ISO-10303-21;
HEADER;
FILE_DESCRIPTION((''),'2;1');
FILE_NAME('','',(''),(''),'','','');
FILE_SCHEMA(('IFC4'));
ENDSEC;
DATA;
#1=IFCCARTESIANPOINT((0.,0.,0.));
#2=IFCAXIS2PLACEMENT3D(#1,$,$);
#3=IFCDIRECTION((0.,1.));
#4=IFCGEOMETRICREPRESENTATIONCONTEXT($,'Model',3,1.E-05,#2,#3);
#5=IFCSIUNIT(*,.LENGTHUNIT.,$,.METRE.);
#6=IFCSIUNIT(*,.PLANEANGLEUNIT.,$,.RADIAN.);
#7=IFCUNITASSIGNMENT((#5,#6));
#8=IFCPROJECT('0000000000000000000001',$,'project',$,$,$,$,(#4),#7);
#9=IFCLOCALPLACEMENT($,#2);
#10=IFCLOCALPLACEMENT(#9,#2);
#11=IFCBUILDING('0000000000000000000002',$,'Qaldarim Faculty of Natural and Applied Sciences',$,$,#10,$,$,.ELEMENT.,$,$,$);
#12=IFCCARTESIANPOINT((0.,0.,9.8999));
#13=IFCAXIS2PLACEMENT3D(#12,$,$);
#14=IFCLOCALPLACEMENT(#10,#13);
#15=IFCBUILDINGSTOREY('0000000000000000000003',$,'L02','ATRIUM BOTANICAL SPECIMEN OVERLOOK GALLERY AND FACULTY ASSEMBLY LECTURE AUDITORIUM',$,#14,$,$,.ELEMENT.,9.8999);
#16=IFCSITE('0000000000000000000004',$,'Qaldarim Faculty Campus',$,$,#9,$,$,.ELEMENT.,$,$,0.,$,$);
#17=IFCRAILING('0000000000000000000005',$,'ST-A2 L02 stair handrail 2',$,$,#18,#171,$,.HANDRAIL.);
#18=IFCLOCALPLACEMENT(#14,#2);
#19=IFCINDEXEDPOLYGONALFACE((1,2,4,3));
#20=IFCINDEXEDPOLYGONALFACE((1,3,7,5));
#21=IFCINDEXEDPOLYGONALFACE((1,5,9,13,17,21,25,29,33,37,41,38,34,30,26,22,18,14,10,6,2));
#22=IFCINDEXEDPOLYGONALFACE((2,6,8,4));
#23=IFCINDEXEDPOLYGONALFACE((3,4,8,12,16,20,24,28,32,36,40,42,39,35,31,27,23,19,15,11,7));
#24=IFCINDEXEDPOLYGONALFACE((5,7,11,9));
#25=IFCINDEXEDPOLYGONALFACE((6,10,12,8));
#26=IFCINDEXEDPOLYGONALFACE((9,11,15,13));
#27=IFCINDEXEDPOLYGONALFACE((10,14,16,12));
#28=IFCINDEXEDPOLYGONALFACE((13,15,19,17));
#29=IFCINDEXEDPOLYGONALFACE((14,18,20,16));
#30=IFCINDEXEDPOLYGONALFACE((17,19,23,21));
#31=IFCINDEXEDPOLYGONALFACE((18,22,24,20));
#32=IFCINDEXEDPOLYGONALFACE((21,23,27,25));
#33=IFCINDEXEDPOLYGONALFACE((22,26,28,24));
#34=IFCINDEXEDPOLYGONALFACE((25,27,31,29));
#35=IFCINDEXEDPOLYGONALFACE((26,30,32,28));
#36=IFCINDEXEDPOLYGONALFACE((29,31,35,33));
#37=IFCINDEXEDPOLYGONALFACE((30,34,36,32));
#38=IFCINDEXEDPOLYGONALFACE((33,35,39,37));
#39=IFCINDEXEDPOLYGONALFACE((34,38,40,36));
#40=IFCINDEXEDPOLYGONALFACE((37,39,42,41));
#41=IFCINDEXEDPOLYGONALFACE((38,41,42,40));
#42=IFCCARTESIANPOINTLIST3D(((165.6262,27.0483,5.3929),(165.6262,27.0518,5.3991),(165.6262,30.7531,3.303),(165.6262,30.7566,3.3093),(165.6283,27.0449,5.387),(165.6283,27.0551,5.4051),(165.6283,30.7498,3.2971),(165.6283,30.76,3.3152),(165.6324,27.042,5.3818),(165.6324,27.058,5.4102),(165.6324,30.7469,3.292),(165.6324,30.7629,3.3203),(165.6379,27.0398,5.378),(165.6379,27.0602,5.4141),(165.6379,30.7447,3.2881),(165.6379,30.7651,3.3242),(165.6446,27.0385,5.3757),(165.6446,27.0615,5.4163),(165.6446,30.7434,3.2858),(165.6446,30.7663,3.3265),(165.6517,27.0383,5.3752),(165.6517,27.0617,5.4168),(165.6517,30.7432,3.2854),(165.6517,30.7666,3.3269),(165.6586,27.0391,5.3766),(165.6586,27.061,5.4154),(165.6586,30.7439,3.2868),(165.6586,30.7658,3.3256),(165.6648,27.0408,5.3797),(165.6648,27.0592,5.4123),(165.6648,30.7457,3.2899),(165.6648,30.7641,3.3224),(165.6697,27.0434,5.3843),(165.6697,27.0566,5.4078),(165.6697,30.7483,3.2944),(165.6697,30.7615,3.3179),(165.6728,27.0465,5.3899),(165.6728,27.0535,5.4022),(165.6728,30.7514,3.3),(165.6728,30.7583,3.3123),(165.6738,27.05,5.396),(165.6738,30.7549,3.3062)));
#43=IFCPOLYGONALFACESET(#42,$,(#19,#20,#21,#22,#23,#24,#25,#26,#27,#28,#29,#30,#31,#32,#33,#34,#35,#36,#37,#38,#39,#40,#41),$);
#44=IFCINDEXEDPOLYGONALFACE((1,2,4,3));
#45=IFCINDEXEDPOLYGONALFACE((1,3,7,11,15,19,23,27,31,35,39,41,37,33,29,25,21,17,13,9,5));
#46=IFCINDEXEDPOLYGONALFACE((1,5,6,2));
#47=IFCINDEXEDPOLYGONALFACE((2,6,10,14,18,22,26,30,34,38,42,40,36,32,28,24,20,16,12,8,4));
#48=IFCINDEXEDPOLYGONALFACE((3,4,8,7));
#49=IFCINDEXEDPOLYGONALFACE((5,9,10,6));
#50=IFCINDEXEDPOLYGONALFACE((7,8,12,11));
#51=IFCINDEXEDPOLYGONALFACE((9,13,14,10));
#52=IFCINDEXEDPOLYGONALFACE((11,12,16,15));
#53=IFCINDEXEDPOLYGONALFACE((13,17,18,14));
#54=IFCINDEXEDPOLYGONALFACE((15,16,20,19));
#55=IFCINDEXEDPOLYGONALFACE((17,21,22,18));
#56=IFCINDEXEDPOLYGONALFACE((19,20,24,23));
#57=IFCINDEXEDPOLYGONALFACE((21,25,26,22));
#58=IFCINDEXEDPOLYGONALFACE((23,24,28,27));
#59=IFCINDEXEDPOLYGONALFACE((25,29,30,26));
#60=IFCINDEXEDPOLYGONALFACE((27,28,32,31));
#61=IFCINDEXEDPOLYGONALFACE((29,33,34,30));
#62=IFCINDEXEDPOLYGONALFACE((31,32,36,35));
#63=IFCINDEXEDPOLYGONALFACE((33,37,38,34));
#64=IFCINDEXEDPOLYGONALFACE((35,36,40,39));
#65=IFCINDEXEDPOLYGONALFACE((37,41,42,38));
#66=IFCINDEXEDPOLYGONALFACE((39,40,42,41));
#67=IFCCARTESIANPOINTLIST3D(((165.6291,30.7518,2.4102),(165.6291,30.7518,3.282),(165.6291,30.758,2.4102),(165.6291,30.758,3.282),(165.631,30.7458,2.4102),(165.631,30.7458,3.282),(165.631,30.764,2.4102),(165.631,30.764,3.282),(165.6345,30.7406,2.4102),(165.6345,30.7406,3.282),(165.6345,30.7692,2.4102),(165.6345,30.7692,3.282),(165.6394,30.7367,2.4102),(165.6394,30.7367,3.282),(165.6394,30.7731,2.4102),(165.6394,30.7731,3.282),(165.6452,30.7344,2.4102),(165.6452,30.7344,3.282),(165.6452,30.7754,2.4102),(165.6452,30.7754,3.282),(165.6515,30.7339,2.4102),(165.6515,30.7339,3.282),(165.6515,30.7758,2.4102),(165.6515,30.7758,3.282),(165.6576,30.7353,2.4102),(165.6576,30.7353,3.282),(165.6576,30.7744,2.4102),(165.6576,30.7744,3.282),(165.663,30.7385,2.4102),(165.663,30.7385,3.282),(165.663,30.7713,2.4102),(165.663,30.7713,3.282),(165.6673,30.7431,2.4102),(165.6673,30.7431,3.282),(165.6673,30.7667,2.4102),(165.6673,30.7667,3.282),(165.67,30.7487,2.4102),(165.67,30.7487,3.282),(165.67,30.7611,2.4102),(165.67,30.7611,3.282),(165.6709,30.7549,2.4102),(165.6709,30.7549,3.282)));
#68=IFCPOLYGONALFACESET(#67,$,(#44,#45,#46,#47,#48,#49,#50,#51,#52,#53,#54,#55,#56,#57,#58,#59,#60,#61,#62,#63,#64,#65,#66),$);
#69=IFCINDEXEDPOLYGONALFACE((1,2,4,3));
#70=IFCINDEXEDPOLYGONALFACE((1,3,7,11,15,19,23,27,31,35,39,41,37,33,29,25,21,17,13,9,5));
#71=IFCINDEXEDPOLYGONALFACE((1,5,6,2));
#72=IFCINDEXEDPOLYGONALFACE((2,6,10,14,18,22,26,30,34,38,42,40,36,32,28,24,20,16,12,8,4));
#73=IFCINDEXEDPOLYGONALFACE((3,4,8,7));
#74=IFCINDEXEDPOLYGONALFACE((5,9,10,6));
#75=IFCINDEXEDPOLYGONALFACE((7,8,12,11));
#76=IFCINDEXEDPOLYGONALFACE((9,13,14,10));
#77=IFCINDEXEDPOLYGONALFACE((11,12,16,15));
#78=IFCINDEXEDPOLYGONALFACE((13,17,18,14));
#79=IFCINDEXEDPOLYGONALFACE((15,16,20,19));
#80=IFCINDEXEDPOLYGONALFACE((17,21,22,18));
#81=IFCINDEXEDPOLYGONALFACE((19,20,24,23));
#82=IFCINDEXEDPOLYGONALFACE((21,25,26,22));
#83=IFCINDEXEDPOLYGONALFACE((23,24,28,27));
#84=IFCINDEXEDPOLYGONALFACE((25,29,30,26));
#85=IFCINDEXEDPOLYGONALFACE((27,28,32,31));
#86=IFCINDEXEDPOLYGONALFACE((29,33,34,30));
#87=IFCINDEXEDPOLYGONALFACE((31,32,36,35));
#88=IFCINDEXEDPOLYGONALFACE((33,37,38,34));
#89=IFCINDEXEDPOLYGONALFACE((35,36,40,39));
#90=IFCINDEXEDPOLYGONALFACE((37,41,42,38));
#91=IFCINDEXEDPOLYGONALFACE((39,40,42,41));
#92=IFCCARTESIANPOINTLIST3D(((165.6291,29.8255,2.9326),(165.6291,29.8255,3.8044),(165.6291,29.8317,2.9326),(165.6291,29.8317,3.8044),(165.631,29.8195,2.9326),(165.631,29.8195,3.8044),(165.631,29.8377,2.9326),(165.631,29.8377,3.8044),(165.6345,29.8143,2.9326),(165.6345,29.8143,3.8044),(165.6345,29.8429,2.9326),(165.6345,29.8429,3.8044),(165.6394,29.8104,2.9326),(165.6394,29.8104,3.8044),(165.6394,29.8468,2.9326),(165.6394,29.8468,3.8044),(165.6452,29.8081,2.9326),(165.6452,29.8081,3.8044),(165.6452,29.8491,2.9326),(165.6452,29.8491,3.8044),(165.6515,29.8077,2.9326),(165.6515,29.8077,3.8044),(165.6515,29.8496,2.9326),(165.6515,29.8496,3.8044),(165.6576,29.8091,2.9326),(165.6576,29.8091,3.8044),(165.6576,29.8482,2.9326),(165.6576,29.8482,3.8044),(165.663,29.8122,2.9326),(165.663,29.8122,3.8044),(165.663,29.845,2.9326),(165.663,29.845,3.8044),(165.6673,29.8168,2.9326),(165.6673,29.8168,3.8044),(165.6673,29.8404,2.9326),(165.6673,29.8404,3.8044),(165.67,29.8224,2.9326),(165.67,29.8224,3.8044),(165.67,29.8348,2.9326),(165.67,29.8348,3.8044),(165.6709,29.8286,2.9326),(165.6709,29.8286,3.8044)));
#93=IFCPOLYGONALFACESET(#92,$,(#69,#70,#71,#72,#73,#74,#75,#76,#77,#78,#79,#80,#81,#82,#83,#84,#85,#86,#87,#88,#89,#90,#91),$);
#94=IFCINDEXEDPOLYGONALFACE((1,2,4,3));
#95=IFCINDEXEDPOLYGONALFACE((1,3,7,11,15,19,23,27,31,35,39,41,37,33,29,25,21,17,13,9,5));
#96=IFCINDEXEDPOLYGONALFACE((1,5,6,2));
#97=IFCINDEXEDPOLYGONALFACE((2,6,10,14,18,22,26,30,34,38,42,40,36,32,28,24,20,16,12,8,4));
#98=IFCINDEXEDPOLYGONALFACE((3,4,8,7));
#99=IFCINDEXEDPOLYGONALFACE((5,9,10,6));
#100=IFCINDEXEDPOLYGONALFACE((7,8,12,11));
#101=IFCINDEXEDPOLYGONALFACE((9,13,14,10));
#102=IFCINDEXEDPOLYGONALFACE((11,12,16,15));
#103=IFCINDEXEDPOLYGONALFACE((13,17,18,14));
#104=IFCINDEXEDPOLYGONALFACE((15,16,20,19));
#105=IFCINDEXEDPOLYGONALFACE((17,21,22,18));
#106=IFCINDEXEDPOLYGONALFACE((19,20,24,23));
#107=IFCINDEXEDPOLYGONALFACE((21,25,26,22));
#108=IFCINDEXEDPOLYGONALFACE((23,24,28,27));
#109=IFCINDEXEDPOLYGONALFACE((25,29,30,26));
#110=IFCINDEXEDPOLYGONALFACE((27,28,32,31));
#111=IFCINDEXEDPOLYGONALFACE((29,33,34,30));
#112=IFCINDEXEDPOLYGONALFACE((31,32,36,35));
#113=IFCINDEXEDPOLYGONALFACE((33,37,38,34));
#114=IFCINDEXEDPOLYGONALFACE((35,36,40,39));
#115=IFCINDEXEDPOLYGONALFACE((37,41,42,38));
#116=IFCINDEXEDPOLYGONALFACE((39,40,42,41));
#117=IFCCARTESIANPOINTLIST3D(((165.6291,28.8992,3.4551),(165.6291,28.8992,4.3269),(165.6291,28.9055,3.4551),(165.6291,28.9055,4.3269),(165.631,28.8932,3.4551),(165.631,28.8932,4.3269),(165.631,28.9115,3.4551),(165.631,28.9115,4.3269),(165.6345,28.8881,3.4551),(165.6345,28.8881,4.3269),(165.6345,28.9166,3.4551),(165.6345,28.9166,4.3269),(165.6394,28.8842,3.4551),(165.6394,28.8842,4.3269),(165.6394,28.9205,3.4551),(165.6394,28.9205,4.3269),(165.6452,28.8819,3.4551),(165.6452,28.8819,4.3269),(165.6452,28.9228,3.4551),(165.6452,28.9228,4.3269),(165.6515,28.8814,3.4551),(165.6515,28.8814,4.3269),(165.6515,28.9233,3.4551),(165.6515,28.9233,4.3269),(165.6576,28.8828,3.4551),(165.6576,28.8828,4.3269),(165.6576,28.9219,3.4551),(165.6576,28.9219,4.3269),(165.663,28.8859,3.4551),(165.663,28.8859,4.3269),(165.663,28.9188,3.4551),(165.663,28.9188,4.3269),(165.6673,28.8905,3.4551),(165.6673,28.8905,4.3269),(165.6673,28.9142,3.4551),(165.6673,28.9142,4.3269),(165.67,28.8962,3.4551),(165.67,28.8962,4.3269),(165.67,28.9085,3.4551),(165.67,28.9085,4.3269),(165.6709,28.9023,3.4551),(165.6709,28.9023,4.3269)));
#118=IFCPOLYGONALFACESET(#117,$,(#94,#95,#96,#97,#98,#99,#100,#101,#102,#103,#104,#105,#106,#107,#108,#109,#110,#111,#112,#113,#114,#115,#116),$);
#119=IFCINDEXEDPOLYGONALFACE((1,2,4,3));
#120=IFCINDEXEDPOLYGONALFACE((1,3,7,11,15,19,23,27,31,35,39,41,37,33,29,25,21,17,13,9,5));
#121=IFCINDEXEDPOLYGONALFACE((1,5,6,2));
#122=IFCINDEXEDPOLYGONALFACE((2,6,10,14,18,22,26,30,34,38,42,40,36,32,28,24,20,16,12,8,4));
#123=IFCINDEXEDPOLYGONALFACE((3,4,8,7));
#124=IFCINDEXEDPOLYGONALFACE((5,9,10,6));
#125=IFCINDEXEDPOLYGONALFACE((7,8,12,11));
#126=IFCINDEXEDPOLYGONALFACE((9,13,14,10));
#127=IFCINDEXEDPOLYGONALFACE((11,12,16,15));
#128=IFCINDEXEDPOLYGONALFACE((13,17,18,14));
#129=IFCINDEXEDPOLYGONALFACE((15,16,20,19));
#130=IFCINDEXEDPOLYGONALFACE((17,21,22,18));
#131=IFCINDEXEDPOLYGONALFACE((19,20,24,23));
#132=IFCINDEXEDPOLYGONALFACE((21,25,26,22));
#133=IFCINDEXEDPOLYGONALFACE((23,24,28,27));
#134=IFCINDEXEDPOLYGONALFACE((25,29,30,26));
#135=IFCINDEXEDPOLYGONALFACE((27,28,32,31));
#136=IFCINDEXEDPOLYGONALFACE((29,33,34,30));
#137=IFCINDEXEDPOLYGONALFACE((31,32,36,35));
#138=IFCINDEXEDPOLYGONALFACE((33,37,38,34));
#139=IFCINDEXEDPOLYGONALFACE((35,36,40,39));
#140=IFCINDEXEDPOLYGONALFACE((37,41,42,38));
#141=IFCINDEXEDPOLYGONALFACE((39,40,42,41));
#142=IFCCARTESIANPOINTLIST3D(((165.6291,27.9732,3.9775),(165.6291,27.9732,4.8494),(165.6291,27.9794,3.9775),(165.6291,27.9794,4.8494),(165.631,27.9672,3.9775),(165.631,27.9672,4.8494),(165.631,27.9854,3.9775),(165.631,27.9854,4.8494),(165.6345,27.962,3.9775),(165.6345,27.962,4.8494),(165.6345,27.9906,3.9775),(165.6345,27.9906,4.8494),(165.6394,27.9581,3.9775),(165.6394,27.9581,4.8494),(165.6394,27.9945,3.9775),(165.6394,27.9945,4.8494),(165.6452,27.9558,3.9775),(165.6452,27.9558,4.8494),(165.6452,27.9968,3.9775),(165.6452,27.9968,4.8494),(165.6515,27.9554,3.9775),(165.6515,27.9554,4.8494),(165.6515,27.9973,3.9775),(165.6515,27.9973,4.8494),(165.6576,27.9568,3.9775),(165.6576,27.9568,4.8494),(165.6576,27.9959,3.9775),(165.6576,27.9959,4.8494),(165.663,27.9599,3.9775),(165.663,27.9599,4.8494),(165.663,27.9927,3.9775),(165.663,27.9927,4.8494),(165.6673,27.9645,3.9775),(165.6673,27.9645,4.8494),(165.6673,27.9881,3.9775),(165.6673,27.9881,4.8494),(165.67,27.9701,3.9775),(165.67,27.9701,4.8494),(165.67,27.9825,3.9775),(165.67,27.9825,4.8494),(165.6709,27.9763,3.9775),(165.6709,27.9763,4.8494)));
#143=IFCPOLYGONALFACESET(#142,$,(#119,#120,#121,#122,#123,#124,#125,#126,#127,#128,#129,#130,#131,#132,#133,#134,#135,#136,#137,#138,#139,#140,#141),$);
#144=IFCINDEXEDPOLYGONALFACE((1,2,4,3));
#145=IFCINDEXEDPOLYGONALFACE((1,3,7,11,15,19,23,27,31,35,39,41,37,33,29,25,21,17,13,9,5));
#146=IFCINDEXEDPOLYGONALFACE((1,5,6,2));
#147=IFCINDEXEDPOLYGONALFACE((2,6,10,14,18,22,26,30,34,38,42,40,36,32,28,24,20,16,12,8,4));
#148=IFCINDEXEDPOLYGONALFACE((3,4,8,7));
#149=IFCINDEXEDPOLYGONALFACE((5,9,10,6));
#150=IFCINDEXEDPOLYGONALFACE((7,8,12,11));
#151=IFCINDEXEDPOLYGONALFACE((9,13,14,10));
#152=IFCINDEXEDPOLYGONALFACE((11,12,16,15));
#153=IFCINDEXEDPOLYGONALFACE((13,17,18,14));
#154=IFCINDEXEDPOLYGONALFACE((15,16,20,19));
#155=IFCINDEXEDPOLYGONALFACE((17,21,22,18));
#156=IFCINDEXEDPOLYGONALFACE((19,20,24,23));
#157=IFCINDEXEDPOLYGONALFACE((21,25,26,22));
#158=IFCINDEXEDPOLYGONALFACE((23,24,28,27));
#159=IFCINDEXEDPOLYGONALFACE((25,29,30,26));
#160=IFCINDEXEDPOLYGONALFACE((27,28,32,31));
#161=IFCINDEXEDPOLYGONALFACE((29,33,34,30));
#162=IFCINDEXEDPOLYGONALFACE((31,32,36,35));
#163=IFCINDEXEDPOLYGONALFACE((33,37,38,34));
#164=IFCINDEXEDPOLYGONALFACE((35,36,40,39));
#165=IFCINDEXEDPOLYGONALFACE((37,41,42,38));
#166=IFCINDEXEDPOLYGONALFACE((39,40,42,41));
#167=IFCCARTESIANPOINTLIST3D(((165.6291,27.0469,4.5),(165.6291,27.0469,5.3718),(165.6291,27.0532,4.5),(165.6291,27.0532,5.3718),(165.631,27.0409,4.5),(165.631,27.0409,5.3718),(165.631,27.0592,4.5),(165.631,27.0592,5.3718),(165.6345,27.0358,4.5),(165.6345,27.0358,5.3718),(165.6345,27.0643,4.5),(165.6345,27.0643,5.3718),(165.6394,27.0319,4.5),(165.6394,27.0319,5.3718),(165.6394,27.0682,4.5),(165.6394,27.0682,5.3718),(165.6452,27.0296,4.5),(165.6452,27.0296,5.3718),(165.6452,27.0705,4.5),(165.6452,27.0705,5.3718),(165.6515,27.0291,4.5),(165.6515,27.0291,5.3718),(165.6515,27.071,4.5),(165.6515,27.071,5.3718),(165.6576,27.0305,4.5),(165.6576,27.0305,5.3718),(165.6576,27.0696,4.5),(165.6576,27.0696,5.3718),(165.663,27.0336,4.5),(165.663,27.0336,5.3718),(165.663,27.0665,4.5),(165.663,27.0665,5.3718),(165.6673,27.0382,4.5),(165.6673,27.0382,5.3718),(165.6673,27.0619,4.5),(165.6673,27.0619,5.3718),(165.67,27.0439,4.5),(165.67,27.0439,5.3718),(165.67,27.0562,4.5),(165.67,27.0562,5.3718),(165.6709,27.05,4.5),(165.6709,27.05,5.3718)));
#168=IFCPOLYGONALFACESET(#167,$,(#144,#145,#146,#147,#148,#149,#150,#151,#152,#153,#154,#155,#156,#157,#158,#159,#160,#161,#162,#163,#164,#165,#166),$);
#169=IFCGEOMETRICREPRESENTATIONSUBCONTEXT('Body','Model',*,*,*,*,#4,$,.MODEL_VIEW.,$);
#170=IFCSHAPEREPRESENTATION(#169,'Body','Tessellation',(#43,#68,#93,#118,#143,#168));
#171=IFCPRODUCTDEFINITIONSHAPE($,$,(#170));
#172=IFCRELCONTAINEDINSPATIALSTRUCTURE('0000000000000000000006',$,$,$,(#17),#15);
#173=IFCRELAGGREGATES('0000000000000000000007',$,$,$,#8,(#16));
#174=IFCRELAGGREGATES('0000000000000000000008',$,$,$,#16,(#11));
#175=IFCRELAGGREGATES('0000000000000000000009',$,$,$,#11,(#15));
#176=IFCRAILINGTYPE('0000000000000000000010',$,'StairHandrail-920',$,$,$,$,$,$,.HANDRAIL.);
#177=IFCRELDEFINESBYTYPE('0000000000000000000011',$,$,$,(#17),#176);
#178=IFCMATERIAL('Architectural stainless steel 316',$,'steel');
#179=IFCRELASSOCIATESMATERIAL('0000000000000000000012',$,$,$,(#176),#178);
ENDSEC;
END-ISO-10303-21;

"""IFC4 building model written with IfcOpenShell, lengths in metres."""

from ifc_helpers import new_model, si_unit, direction, frame, origin, origin_2d, place, context, subcontext, project, spatial, circle, extrude, material, type_object, element, save


model = new_model("IFC4")

# Units and contexts
model_context = context("Model", 3, precision=1e-05, world=origin(), true_north=direction((0.0, 1.0)))
body_context = subcontext(model_context, "Body", "Model", "MODEL_VIEW")
ifc_project = project(units=[si_unit("LENGTHUNIT", "METRE"), si_unit("PLANEANGLEUNIT", "RADIAN")], contexts=[model_context])

# Site, building, storey
site_placement = place(None, origin())
site = spatial("IfcSite", under=ifc_project, at=site_placement, Name="Qaldarim Faculty Campus", CompositionType="ELEMENT", RefElevation=0.0)
building_placement = place(site_placement, origin())
building = spatial("IfcBuilding", under=site, at=building_placement, Name="Qaldarim Faculty of Natural and Applied Sciences", CompositionType="ELEMENT")
storey_placement = place(building_placement, frame((0.0, 0.0, 9.8999)))
storey = spatial("IfcBuildingStorey", under=building, at=storey_placement, Name="L02", Description="ATRIUM BOTANICAL SPECIMEN OVERLOOK GALLERY AND FACULTY ASSEMBLY LECTURE AUDITORIUM", CompositionType="ELEMENT", Elevation=9.8999)

# Shared definitions
ifc_material_1 = material(Name="Architectural stainless steel 316", Category="steel")

# Railing
railing_type_1 = type_object("IfcRailingType", Name="StairHandrail-920", PredefinedType="HANDRAIL", material=ifc_material_1)
railing_1_placement = place(storey_placement, frame((165.6499, 30.7549, 2.4102)))
element("IfcRailing", 1, at=railing_1_placement, inside=storey, type_object=railing_type_1, Name="ST-A2 L02 stair handrail 2", PredefinedType="HANDRAIL", context=body_context, shape_type="SweptSolid", body=[
    extrude(circle(Radius=0.0239, at=origin_2d()), frame((0.0, 0.0, 0.896), z_axis=(0.0, -0.870985, 0.49131), x_axis=(1.0, 0.0, 0.0)), (0.0, 0.0, 1.0), 4.2537),
    extrude(circle(Radius=0.021, at=origin_2d()), origin(), (0.0, 0.0, 1.0), 0.8718),
    extrude(circle(Radius=0.021, at=origin_2d()), frame((0.0, -0.9263, 0.5225)), (0.0, 0.0, 1.0), 0.8718),
    extrude(circle(Radius=0.021, at=origin_2d()), frame((0.0, -1.8525, 1.0449)), (0.0, 0.0, 1.0), 0.8718),
    extrude(circle(Radius=0.021, at=origin_2d()), frame((0.0, -2.7786, 1.5674)), (0.0, 0.0, 1.0), 0.8718),
    extrude(circle(Radius=0.021, at=origin_2d()), frame((0.0, -3.7048, 2.0898)), (0.0, 0.0, 1.0), 0.8718),
])

save(model, "model.ifc")
